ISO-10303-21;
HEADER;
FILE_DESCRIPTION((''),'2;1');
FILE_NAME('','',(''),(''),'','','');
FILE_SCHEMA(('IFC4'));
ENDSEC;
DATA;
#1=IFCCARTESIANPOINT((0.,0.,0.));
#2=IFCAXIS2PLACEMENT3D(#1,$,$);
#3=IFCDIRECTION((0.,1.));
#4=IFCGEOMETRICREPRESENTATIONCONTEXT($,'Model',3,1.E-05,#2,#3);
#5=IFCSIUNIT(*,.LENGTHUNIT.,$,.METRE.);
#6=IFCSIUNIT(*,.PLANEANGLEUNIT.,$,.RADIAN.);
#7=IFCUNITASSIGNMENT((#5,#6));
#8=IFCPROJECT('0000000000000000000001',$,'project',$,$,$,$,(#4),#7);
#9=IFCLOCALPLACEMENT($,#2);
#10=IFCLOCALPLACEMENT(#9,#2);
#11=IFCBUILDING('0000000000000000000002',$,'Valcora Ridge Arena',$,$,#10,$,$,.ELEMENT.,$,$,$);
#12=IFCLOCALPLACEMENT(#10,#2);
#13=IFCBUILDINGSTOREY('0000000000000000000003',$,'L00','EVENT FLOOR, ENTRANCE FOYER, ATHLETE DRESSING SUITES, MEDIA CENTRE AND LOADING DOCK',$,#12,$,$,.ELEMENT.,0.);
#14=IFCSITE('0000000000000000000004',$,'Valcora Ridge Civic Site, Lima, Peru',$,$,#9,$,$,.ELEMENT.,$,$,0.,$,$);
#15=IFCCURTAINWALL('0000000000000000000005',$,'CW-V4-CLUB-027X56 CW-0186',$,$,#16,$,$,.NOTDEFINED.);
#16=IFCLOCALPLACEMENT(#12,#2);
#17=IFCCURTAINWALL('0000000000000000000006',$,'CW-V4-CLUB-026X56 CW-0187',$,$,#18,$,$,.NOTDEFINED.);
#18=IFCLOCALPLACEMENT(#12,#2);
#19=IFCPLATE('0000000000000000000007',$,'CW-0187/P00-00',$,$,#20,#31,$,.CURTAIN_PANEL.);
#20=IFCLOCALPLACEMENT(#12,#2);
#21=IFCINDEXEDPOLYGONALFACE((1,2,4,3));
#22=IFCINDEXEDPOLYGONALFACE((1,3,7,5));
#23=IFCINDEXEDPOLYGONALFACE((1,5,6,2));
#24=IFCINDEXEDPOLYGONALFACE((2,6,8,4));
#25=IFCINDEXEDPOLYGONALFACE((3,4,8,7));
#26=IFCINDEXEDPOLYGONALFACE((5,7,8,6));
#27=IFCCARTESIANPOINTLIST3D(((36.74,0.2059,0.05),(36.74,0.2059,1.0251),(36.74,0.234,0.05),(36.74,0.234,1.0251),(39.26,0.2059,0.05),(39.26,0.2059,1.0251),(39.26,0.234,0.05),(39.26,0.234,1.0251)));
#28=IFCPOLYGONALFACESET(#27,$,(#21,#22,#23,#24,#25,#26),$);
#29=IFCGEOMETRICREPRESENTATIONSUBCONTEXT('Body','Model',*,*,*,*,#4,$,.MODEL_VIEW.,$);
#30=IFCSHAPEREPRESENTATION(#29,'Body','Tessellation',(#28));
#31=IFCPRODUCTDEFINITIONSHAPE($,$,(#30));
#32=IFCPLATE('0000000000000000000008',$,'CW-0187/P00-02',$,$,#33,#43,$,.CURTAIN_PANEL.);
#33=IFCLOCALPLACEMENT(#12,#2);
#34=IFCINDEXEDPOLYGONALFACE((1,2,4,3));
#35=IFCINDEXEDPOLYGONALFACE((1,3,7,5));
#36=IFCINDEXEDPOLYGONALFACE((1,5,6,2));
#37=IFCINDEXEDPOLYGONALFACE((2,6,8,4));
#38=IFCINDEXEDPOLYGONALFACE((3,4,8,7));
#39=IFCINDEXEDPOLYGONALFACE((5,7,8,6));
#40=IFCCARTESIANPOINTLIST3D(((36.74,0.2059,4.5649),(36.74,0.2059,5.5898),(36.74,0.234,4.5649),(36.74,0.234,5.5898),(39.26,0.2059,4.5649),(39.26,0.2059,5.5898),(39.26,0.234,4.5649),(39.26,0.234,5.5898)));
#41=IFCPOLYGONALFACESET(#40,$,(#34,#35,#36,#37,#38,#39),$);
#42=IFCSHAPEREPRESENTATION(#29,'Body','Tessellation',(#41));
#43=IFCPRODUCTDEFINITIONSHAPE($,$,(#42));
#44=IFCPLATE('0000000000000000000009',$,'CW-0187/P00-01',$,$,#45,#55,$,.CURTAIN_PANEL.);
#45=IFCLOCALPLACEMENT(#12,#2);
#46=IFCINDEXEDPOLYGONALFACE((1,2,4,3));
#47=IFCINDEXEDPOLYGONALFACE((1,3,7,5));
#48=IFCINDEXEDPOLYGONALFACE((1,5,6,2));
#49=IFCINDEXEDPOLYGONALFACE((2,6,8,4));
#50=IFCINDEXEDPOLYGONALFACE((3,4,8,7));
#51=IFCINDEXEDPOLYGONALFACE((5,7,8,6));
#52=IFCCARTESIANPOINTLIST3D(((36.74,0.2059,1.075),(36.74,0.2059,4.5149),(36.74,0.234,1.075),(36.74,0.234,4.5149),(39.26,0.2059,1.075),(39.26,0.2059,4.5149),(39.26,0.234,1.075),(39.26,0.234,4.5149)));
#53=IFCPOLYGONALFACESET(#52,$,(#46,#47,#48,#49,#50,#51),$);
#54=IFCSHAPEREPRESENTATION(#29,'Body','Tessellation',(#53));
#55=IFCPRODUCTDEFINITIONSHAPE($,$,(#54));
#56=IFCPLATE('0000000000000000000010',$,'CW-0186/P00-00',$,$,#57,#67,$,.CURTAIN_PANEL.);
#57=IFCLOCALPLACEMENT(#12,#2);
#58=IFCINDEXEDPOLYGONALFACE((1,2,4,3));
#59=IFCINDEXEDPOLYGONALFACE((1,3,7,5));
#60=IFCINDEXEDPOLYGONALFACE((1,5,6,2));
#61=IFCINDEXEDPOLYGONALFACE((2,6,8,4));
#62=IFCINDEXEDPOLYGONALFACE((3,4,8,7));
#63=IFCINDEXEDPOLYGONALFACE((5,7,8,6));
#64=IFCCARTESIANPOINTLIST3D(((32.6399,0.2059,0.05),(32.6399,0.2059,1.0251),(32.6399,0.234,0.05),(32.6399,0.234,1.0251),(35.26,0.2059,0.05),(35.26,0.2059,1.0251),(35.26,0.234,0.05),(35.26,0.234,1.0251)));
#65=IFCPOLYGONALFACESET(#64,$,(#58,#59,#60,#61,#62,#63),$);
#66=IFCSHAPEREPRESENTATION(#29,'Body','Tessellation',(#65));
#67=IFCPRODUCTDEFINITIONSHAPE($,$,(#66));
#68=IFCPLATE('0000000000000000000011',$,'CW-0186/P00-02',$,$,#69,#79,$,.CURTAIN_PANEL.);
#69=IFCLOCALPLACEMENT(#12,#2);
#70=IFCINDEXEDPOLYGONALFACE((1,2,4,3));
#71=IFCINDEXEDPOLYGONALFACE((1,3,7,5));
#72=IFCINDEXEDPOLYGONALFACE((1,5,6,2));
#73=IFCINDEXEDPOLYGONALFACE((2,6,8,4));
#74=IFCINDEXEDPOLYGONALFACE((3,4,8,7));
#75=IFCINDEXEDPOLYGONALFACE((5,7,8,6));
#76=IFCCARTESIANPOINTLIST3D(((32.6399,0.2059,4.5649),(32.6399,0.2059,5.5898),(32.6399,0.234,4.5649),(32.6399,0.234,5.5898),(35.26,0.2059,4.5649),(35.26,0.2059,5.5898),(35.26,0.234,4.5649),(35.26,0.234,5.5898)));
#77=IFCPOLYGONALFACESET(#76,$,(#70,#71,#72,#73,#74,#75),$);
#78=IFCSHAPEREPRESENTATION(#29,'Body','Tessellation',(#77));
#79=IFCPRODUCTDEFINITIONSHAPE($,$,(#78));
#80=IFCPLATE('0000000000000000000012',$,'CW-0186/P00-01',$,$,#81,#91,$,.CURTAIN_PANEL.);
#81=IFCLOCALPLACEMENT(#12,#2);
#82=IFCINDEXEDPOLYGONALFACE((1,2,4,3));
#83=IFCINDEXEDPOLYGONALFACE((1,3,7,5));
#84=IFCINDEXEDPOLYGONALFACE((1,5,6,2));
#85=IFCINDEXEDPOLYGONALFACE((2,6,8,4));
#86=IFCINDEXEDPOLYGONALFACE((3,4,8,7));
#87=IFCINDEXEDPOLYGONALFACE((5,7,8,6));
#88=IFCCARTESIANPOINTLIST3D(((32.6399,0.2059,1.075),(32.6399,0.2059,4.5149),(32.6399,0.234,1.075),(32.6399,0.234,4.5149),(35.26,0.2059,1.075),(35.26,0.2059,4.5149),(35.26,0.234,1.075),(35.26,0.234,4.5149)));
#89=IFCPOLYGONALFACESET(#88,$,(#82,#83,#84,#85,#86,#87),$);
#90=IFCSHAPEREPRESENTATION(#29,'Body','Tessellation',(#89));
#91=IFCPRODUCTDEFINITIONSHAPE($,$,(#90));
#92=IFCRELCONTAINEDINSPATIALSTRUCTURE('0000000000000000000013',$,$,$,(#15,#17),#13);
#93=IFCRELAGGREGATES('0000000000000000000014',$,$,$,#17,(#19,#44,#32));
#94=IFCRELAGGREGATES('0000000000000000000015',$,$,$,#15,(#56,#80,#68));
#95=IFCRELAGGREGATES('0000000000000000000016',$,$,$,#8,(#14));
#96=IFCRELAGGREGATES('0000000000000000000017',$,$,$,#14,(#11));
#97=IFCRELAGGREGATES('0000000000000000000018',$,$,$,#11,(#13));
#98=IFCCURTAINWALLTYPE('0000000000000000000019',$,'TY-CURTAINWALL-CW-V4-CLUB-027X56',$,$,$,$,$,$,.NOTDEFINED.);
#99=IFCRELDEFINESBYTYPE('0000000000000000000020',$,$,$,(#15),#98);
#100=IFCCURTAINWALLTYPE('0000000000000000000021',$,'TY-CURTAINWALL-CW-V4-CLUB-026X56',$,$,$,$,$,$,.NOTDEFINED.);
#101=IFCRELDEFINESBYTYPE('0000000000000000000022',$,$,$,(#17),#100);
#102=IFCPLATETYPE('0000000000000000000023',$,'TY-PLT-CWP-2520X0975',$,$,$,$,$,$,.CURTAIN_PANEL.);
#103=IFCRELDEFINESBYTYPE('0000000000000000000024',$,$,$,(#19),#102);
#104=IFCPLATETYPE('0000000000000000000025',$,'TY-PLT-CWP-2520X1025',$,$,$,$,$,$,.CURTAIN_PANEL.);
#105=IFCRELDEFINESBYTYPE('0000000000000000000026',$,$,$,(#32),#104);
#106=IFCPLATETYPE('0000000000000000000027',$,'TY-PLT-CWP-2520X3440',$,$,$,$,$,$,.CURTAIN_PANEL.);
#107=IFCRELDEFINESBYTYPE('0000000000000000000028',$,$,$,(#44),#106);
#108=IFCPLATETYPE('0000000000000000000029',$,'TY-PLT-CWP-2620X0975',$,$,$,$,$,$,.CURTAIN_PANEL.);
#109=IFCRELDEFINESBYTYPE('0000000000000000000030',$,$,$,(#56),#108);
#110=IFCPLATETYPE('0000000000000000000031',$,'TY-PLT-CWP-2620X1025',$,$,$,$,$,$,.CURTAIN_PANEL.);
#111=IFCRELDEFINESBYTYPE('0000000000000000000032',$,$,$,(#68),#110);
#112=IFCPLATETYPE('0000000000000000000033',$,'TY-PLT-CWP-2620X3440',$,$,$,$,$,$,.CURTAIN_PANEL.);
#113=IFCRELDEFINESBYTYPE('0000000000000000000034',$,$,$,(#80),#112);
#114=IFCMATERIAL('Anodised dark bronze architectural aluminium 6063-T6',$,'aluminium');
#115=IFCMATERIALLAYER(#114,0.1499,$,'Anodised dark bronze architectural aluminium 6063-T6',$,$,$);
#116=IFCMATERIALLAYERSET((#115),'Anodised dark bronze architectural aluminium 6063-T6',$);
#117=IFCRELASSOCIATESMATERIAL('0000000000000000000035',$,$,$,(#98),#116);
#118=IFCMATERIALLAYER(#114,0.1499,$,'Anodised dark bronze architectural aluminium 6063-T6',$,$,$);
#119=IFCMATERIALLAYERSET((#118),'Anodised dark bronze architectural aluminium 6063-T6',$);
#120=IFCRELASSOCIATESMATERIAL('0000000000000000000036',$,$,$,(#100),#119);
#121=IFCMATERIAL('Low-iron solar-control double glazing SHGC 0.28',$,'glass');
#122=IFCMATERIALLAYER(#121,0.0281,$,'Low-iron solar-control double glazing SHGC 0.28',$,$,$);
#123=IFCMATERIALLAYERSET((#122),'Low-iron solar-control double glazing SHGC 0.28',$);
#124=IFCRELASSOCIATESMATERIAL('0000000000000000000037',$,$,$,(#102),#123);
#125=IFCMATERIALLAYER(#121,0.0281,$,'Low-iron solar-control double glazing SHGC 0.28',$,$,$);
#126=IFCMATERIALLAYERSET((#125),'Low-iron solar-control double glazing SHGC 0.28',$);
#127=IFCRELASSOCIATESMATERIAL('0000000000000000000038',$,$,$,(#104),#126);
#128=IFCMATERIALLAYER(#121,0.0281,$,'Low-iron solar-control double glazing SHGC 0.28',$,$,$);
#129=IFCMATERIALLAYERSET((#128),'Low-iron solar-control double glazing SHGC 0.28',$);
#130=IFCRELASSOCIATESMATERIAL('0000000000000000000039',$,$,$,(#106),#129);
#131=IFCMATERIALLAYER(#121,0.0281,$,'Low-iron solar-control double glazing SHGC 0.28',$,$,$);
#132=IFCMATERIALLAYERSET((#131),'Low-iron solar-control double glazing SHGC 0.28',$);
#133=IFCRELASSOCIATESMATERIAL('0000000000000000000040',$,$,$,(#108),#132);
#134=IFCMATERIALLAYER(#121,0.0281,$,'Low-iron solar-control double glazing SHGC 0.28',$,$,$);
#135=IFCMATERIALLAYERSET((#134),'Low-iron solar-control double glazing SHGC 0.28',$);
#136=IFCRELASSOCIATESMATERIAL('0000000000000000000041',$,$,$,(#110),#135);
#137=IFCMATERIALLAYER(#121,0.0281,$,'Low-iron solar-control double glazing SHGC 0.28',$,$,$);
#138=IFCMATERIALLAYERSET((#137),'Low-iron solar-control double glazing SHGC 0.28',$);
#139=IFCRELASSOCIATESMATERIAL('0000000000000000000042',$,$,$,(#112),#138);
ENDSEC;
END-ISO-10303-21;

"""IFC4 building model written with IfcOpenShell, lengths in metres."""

from ifc_helpers import new_model, si_unit, direction, frame, origin, origin_2d, place, context, subcontext, project, spatial, rectangle, extrude, material, layer, layer_set, type_object, element, aggregate, save


model = new_model("IFC4")

# Units and contexts
model_context = context("Model", 3, precision=1e-05, world=origin(), true_north=direction((0.0, 1.0)))
body_context = subcontext(model_context, "Body", "Model", "MODEL_VIEW")
ifc_project = project(units=[si_unit("LENGTHUNIT", "METRE"), si_unit("PLANEANGLEUNIT", "RADIAN")], contexts=[model_context])

# Site, building, storey
site_placement = place(None, origin())
site = spatial("IfcSite", under=ifc_project, at=site_placement, Name="Valcora Ridge Civic Site, Lima, Peru", CompositionType="ELEMENT", RefElevation=0.0)
building_placement = place(site_placement, origin())
building = spatial("IfcBuilding", under=site, at=building_placement, Name="Valcora Ridge Arena", CompositionType="ELEMENT")
storey_placement = place(building_placement, origin())
storey = spatial("IfcBuildingStorey", under=building, at=storey_placement, Name="L00", Description="EVENT FLOOR, ENTRANCE FOYER, ATHLETE DRESSING SUITES, MEDIA CENTRE AND LOADING DOCK", CompositionType="ELEMENT", Elevation=0.0)

# Curtain walls
ifc_material_1 = material(Name="Anodised dark bronze architectural aluminium 6063-T6", Category="aluminium")
ifc_layer_1 = layer(ifc_material_1, 0.1499, Name="Anodised dark bronze architectural aluminium 6063-T6")
ifc_layer_set_1 = layer_set([ifc_layer_1], Name="Anodised dark bronze architectural aluminium 6063-T6")
curtain_wall_type_1 = type_object("IfcCurtainWallType", Name="TY-CURTAINWALL-CW-V4-CLUB-027X56", PredefinedType="NOTDEFINED", material=ifc_layer_set_1)
curtain_wall_1_placement = place(storey_placement, origin())
curtain_wall_1 = element("IfcCurtainWall", 1, at=curtain_wall_1_placement, inside=storey, type_object=curtain_wall_type_1, Name="CW-V4-CLUB-027X56 CW-0186", PredefinedType="NOTDEFINED")
ifc_layer_2 = layer(ifc_material_1, 0.1499, Name="Anodised dark bronze architectural aluminium 6063-T6")
ifc_layer_set_2 = layer_set([ifc_layer_2], Name="Anodised dark bronze architectural aluminium 6063-T6")
curtain_wall_type_2 = type_object("IfcCurtainWallType", Name="TY-CURTAINWALL-CW-V4-CLUB-026X56", PredefinedType="NOTDEFINED", material=ifc_layer_set_2)
curtain_wall_2_placement = place(storey_placement, origin())
curtain_wall_2 = element("IfcCurtainWall", 2, at=curtain_wall_2_placement, inside=storey, type_object=curtain_wall_type_2, Name="CW-V4-CLUB-026X56 CW-0187", PredefinedType="NOTDEFINED")

# Plates
ifc_material_2 = material(Name="Low-iron solar-control double glazing SHGC 0.28", Category="glass")
ifc_layer_3 = layer(ifc_material_2, 0.0281, Name="Low-iron solar-control double glazing SHGC 0.28")
ifc_layer_set_3 = layer_set([ifc_layer_3], Name="Low-iron solar-control double glazing SHGC 0.28")
plate_type_1 = type_object("IfcPlateType", Name="TY-PLT-CWP-2520X0975", PredefinedType="CURTAIN_PANEL", material=ifc_layer_set_3)
plate_1_placement = place(storey_placement, frame((38.0, 0.22, 0.05), z_axis=(0.0, 0.0, 1.0), x_axis=(1.0, 0.0, 0.0)))
plate_1 = element("IfcPlate", 3, at=plate_1_placement, type_object=plate_type_1, Name="CW-0187/P00-00", PredefinedType="CURTAIN_PANEL", context=body_context, shape_type="SweptSolid", body=[
    extrude(rectangle(XDim=2.52, YDim=0.0281, at=origin_2d()), origin(), (0.0, 0.0, 1.0), 0.9751),
])
ifc_layer_4 = layer(ifc_material_2, 0.0281, Name="Low-iron solar-control double glazing SHGC 0.28")
ifc_layer_set_4 = layer_set([ifc_layer_4], Name="Low-iron solar-control double glazing SHGC 0.28")
plate_type_2 = type_object("IfcPlateType", Name="TY-PLT-CWP-2520X1025", PredefinedType="CURTAIN_PANEL", material=ifc_layer_set_4)
plate_2_placement = place(storey_placement, frame((38.0, 0.22, 4.5649), z_axis=(0.0, 0.0, 1.0), x_axis=(1.0, 0.0, 0.0)))
plate_2 = element("IfcPlate", 4, at=plate_2_placement, type_object=plate_type_2, Name="CW-0187/P00-02", PredefinedType="CURTAIN_PANEL", context=body_context, shape_type="SweptSolid", body=[
    extrude(rectangle(XDim=2.52, YDim=0.0281, at=origin_2d()), origin(), (0.0, 0.0, 1.0), 1.0249),
])
ifc_layer_5 = layer(ifc_material_2, 0.0281, Name="Low-iron solar-control double glazing SHGC 0.28")
ifc_layer_set_5 = layer_set([ifc_layer_5], Name="Low-iron solar-control double glazing SHGC 0.28")
plate_type_3 = type_object("IfcPlateType", Name="TY-PLT-CWP-2520X3440", PredefinedType="CURTAIN_PANEL", material=ifc_layer_set_5)
plate_3_placement = place(storey_placement, frame((38.0, 0.22, 1.075), z_axis=(0.0, 0.0, 1.0), x_axis=(1.0, 0.0, 0.0)))
plate_3 = element("IfcPlate", 5, at=plate_3_placement, type_object=plate_type_3, Name="CW-0187/P00-01", PredefinedType="CURTAIN_PANEL", context=body_context, shape_type="SweptSolid", body=[
    extrude(rectangle(XDim=2.52, YDim=0.0281, at=origin_2d()), origin(), (0.0, 0.0, 1.0), 3.4399),
])
aggregate(curtain_wall_2, [plate_1, plate_3, plate_2])
ifc_layer_6 = layer(ifc_material_2, 0.0281, Name="Low-iron solar-control double glazing SHGC 0.28")
ifc_layer_set_6 = layer_set([ifc_layer_6], Name="Low-iron solar-control double glazing SHGC 0.28")
plate_type_4 = type_object("IfcPlateType", Name="TY-PLT-CWP-2620X0975", PredefinedType="CURTAIN_PANEL", material=ifc_layer_set_6)
plate_4_placement = place(storey_placement, frame((33.95, 0.22, 0.05), z_axis=(0.0, 0.0, 1.0), x_axis=(1.0, 0.0, 0.0)))
plate_4 = element("IfcPlate", 6, at=plate_4_placement, type_object=plate_type_4, Name="CW-0186/P00-00", PredefinedType="CURTAIN_PANEL", context=body_context, shape_type="SweptSolid", body=[
    extrude(rectangle(XDim=2.6201, YDim=0.0281, at=origin_2d()), origin(), (0.0, 0.0, 1.0), 0.9751),
])
ifc_layer_7 = layer(ifc_material_2, 0.0281, Name="Low-iron solar-control double glazing SHGC 0.28")
ifc_layer_set_7 = layer_set([ifc_layer_7], Name="Low-iron solar-control double glazing SHGC 0.28")
plate_type_5 = type_object("IfcPlateType", Name="TY-PLT-CWP-2620X1025", PredefinedType="CURTAIN_PANEL", material=ifc_layer_set_7)
plate_5_placement = place(storey_placement, frame((33.95, 0.22, 4.5649), z_axis=(0.0, 0.0, 1.0), x_axis=(1.0, 0.0, 0.0)))
plate_5 = element("IfcPlate", 7, at=plate_5_placement, type_object=plate_type_5, Name="CW-0186/P00-02", PredefinedType="CURTAIN_PANEL", context=body_context, shape_type="SweptSolid", body=[
    extrude(rectangle(XDim=2.6201, YDim=0.0281, at=origin_2d()), origin(), (0.0, 0.0, 1.0), 1.0249),
])
ifc_layer_8 = layer(ifc_material_2, 0.0281, Name="Low-iron solar-control double glazing SHGC 0.28")
ifc_layer_set_8 = layer_set([ifc_layer_8], Name="Low-iron solar-control double glazing SHGC 0.28")
plate_type_6 = type_object("IfcPlateType", Name="TY-PLT-CWP-2620X3440", PredefinedType="CURTAIN_PANEL", material=ifc_layer_set_8)
plate_6_placement = place(storey_placement, frame((33.95, 0.22, 1.075), z_axis=(0.0, 0.0, 1.0), x_axis=(1.0, 0.0, 0.0)))
plate_6 = element("IfcPlate", 8, at=plate_6_placement, type_object=plate_type_6, Name="CW-0186/P00-01", PredefinedType="CURTAIN_PANEL", context=body_context, shape_type="SweptSolid", body=[
    extrude(rectangle(XDim=2.6201, YDim=0.0281, at=origin_2d()), origin(), (0.0, 0.0, 1.0), 3.4399),
])
aggregate(curtain_wall_1, [plate_4, plate_6, plate_5])

save(model, "model.ifc")
